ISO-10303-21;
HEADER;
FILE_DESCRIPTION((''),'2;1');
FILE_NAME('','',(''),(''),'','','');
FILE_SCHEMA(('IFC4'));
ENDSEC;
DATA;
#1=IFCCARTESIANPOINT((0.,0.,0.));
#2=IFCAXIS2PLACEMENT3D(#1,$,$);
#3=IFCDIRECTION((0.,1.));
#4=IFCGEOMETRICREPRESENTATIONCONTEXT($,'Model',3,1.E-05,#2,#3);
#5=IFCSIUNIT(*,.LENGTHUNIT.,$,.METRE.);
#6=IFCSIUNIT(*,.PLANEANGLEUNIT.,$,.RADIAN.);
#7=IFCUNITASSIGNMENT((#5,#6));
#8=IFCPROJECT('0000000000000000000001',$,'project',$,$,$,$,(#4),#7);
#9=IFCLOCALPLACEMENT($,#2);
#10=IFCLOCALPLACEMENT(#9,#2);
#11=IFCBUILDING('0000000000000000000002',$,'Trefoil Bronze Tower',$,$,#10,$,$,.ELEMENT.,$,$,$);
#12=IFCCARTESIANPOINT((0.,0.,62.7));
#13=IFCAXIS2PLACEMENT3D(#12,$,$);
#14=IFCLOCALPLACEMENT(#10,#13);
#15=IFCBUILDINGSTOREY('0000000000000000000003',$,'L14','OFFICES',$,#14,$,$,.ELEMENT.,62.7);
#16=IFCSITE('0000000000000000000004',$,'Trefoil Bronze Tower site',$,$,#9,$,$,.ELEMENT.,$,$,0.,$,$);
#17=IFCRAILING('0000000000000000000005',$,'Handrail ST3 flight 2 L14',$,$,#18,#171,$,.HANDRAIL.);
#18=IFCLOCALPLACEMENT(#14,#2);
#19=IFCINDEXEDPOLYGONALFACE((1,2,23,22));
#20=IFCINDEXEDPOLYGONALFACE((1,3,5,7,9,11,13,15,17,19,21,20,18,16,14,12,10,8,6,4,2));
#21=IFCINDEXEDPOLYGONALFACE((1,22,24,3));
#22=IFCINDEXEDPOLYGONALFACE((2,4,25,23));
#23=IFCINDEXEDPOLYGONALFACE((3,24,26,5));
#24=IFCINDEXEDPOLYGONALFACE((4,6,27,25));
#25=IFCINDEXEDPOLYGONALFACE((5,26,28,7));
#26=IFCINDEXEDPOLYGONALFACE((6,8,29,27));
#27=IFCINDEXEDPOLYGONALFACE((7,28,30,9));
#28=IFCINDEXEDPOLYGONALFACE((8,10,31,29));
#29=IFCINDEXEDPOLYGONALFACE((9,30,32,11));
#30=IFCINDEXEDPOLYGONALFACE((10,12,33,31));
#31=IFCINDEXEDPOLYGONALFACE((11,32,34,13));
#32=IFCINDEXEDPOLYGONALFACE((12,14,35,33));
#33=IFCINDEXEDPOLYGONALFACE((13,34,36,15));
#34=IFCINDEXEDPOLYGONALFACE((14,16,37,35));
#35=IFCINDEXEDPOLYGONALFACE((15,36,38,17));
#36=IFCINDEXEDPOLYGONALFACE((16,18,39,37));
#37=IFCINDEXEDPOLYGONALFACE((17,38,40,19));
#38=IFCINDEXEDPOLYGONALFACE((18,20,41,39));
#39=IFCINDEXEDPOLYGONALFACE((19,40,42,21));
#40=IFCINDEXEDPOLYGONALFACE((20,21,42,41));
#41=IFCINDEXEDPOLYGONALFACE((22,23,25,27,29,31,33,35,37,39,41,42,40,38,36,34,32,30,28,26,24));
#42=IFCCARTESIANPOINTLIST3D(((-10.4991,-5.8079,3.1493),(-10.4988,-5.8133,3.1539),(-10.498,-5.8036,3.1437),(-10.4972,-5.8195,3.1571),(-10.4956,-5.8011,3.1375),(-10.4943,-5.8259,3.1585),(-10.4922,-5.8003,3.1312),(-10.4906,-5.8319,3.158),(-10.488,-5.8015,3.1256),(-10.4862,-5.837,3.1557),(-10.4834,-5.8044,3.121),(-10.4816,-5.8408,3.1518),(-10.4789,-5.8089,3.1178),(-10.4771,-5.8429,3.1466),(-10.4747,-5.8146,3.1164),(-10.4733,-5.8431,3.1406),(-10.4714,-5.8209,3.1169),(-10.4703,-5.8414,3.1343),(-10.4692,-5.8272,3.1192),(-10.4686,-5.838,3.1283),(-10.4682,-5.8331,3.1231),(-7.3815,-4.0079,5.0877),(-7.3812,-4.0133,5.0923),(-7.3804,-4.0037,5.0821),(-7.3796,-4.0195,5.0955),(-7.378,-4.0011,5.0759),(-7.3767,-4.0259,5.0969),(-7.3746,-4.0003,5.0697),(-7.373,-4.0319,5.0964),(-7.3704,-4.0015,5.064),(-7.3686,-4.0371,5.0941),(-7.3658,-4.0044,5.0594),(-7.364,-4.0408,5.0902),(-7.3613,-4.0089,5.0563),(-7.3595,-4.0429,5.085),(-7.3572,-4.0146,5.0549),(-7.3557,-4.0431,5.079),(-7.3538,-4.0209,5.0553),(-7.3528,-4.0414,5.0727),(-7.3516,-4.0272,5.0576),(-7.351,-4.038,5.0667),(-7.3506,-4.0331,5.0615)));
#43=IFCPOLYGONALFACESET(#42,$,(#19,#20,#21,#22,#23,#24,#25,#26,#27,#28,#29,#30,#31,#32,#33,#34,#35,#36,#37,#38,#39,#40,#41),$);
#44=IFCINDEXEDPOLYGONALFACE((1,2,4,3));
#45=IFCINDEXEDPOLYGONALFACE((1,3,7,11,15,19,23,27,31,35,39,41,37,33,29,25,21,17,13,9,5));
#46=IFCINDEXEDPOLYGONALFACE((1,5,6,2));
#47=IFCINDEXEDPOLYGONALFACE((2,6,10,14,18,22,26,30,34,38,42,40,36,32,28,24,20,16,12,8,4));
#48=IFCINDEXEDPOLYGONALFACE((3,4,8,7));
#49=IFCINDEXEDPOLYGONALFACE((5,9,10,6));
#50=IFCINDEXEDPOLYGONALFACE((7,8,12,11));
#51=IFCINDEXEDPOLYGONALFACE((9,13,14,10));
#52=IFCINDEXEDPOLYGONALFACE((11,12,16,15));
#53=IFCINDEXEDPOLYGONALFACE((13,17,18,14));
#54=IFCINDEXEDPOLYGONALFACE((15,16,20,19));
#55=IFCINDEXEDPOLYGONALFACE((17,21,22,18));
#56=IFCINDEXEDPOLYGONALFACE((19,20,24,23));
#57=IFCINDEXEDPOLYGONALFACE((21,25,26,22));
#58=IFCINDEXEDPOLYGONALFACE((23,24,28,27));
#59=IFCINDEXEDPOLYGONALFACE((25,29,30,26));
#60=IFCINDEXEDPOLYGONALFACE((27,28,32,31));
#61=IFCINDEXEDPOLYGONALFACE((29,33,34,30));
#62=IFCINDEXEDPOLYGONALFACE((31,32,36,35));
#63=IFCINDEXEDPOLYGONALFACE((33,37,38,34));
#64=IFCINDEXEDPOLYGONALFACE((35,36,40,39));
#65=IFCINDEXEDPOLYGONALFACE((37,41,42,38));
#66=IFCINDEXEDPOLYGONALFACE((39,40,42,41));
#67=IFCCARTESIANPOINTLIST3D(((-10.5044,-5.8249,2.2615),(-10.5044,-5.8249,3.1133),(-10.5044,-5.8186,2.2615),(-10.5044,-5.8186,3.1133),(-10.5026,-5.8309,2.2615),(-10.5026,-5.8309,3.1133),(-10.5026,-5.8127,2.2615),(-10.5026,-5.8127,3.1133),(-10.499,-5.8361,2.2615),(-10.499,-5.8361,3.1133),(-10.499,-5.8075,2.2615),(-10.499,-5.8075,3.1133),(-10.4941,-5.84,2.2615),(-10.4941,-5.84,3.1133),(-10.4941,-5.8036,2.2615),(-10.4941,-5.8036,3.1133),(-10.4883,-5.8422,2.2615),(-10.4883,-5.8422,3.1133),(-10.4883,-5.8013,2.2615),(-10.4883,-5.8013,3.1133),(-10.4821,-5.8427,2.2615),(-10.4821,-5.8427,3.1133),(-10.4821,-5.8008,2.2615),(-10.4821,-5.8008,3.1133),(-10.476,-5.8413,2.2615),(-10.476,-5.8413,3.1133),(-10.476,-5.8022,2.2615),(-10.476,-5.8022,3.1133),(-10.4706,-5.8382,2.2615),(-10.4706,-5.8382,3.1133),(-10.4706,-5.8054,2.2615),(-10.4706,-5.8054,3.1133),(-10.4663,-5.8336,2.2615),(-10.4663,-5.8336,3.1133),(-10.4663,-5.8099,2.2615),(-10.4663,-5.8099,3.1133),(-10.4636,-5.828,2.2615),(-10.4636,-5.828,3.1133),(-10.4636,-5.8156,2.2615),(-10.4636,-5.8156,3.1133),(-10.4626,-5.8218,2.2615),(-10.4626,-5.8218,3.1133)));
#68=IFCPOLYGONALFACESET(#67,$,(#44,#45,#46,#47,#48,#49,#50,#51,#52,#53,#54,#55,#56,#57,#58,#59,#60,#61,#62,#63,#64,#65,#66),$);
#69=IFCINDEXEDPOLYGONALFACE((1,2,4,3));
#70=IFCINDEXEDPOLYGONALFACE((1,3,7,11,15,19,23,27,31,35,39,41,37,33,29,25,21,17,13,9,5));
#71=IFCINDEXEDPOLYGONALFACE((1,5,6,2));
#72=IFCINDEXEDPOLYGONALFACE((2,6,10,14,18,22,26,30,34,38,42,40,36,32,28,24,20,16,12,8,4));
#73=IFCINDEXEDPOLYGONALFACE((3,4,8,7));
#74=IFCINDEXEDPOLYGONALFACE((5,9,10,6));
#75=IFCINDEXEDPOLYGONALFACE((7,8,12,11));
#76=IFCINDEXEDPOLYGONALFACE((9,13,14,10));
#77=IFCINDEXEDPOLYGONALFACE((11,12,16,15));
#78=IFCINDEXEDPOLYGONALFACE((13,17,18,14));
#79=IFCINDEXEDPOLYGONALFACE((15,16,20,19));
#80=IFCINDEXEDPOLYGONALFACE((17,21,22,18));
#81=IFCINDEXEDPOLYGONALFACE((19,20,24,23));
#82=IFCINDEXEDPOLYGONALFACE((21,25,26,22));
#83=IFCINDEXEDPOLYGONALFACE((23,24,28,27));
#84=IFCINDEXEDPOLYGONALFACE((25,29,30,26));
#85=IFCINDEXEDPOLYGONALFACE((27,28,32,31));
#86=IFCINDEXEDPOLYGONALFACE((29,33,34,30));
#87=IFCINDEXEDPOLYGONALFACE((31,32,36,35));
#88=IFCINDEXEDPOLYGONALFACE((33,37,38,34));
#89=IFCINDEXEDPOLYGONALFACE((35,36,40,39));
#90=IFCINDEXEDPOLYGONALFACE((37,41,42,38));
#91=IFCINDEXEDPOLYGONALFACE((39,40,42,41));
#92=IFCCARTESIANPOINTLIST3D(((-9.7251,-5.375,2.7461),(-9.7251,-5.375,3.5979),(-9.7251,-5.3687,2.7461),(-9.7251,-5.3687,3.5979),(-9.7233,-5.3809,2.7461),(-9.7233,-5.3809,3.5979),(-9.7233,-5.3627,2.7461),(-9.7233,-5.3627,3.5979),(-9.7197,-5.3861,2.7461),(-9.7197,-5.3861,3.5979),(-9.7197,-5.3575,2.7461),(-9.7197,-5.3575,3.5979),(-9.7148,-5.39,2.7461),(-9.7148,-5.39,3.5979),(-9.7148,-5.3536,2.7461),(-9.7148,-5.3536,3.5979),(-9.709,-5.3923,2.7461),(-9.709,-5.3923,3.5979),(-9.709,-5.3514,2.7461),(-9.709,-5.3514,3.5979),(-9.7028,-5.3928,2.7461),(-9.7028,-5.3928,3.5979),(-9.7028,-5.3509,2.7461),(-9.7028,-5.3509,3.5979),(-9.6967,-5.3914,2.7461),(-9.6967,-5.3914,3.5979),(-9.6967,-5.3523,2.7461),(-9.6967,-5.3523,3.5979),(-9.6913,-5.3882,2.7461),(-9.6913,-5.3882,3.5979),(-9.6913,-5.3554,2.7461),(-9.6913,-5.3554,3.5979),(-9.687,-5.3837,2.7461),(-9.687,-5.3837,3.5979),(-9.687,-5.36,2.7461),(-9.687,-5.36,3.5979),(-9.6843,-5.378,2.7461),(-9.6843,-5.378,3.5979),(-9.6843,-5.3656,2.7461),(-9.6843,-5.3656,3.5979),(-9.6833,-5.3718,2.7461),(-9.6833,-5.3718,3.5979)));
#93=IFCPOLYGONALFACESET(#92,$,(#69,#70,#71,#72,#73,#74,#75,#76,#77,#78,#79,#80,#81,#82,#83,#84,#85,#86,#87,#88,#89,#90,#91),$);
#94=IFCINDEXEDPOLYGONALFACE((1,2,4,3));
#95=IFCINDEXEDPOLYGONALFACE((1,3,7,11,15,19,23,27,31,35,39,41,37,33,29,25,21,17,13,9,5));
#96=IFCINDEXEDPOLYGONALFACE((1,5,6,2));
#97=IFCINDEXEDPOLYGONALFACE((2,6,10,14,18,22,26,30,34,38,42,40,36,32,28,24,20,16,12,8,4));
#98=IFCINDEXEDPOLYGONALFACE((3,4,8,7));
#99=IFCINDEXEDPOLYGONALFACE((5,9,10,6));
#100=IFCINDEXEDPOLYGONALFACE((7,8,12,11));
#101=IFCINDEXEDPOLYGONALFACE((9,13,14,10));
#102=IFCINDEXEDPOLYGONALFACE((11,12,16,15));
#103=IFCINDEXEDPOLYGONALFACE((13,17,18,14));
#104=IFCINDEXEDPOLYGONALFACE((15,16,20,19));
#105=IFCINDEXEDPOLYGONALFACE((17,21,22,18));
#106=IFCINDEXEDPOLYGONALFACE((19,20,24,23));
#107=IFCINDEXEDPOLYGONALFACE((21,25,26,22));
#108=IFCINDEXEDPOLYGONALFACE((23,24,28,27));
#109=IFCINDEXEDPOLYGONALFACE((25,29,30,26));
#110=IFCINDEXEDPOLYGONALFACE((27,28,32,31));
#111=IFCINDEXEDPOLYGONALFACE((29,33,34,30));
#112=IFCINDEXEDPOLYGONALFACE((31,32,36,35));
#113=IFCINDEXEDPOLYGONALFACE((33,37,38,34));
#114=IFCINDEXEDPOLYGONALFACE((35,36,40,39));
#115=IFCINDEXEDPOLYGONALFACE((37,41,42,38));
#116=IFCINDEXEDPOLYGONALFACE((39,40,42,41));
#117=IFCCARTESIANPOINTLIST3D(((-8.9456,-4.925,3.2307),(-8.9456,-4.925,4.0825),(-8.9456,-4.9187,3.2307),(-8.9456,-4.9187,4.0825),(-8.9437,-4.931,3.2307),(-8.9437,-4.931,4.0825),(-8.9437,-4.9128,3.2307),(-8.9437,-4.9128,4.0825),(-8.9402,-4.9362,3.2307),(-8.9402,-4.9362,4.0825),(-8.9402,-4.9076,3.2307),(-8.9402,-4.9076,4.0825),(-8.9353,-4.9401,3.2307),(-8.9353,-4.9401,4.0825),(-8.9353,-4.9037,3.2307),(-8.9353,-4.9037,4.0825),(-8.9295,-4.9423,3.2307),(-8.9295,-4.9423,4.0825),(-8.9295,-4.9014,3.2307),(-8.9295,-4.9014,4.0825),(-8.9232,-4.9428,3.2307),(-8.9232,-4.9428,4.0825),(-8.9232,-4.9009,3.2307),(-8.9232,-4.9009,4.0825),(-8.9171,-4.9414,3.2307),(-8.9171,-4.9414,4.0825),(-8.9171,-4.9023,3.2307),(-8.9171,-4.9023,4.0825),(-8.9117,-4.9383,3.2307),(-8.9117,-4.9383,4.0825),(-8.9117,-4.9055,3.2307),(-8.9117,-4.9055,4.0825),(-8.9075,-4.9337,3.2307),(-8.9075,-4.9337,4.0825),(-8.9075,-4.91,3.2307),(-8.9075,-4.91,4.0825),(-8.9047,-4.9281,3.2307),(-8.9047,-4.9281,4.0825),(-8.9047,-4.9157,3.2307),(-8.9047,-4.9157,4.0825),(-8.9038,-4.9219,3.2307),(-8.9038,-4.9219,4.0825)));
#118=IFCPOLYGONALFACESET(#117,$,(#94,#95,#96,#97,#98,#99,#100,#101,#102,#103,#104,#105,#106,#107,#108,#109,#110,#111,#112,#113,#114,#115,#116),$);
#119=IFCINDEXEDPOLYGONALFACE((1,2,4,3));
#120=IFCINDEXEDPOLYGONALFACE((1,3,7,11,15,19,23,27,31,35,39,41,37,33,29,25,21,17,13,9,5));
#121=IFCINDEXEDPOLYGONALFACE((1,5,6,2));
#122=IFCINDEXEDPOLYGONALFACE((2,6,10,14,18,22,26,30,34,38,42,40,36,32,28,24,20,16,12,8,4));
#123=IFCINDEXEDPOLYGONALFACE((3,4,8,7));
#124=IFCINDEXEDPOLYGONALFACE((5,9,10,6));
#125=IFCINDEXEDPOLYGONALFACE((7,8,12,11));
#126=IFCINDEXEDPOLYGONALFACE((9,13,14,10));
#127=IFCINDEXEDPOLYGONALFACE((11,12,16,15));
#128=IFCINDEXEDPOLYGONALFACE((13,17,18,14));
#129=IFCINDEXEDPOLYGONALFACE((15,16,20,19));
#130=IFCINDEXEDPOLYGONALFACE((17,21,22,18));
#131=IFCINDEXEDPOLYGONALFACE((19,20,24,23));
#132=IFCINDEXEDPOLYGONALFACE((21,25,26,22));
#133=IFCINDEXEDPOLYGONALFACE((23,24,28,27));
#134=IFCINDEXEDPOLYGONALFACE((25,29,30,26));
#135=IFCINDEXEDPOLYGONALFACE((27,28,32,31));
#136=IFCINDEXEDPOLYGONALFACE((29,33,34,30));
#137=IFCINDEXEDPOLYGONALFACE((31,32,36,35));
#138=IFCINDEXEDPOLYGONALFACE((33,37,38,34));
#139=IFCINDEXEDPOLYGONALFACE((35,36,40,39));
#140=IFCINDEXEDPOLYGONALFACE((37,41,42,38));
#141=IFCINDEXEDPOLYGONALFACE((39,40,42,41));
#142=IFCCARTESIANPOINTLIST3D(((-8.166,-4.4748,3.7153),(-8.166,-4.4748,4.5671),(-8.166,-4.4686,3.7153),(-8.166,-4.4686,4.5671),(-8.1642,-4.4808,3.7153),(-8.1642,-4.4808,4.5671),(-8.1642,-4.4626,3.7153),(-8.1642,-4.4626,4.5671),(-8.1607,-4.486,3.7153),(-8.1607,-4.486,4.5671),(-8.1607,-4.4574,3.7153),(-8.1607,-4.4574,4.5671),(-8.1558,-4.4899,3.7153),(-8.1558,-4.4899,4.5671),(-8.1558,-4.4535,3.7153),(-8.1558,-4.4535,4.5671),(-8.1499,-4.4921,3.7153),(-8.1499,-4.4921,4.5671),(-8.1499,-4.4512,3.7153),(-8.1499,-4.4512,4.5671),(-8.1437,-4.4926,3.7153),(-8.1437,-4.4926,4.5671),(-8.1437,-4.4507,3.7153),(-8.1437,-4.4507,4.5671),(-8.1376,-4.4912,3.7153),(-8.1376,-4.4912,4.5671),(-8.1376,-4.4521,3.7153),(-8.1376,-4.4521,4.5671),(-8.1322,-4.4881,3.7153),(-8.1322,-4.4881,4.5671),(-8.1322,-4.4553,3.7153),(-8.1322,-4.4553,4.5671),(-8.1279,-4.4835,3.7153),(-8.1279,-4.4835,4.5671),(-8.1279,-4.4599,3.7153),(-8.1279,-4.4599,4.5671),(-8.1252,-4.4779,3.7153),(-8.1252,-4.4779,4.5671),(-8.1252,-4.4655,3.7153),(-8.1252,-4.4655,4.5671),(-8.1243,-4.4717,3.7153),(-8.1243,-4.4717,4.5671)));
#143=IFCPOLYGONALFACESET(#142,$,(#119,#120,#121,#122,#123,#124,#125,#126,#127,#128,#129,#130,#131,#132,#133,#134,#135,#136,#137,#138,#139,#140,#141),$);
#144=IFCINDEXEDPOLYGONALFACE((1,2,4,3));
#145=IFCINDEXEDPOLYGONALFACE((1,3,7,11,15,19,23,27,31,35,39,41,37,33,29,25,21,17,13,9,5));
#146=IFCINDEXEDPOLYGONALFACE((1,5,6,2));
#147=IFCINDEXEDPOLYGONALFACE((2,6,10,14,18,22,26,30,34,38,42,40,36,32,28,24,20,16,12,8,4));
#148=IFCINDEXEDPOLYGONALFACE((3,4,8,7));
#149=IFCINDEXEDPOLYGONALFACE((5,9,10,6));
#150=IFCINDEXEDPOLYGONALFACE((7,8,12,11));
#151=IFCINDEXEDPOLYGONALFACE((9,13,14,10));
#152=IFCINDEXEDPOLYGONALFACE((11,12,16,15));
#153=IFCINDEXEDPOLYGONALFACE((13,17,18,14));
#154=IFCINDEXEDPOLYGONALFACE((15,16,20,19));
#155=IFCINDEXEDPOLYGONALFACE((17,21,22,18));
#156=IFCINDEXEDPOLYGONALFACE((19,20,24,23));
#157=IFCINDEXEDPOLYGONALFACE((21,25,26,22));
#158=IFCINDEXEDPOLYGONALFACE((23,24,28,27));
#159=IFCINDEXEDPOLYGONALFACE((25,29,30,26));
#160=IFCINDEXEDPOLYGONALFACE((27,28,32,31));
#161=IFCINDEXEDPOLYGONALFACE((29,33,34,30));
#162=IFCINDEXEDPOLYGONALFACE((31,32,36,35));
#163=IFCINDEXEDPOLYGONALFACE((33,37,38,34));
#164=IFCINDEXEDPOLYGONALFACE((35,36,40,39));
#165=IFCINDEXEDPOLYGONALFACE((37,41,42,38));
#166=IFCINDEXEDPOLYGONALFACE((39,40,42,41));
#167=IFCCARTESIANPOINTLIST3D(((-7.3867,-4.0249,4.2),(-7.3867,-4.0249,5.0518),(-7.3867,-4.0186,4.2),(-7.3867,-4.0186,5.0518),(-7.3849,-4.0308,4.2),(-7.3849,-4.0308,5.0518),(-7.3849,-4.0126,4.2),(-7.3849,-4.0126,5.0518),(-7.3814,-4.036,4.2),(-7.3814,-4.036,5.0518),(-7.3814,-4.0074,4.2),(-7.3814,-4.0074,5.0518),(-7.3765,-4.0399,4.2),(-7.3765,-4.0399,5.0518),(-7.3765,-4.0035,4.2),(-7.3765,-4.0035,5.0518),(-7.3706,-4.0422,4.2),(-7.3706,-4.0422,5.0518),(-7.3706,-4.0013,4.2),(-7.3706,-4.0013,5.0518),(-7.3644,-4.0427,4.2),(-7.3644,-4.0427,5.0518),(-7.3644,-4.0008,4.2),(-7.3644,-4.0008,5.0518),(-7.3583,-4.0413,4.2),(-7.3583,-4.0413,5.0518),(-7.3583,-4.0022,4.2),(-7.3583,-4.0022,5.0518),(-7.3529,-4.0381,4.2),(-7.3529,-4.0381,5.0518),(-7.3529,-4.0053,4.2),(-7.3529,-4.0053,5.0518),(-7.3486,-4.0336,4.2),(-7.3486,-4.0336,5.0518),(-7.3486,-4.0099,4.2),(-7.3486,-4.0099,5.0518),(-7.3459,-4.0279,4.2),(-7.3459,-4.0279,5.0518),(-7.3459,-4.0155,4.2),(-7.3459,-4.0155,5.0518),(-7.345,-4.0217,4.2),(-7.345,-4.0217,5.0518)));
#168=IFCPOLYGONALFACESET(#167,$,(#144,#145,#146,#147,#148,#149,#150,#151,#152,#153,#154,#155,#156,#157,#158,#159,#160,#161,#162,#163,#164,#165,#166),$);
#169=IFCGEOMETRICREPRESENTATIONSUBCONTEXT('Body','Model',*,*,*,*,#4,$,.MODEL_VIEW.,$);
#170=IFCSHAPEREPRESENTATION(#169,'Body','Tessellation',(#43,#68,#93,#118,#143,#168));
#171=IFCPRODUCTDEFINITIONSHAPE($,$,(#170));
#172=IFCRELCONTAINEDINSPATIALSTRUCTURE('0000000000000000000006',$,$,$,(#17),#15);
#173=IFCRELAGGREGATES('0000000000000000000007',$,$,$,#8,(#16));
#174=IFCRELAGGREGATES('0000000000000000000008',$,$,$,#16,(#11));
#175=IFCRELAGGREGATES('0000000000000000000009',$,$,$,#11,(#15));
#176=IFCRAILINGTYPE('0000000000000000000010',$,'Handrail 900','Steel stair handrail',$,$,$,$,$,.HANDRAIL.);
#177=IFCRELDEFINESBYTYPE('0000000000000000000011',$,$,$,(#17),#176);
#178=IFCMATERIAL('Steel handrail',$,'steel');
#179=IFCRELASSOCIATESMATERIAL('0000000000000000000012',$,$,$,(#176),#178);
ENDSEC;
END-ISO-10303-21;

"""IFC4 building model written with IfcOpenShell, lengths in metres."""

from ifc_helpers import new_model, si_unit, direction, frame, origin, origin_2d, place, context, subcontext, project, spatial, circle, extrude, material, type_object, element, save


model = new_model("IFC4")

# Units and contexts
model_context = context("Model", 3, precision=1e-05, world=origin(), true_north=direction((0.0, 1.0)))
body_context = subcontext(model_context, "Body", "Model", "MODEL_VIEW")
ifc_project = project(units=[si_unit("LENGTHUNIT", "METRE"), si_unit("PLANEANGLEUNIT", "RADIAN")], contexts=[model_context])

# Site, building, storey
site_placement = place(None, origin())
site = spatial("IfcSite", under=ifc_project, at=site_placement, Name="Trefoil Bronze Tower site", CompositionType="ELEMENT", RefElevation=0.0)
building_placement = place(site_placement, origin())
building = spatial("IfcBuilding", under=site, at=building_placement, Name="Trefoil Bronze Tower", CompositionType="ELEMENT")
storey_placement = place(building_placement, frame((0.0, 0.0, 62.7)))
storey = spatial("IfcBuildingStorey", under=building, at=storey_placement, Name="L14", Description="OFFICES", CompositionType="ELEMENT", Elevation=62.7)

# Railing
ifc_material_1 = material(Name="Steel handrail", Category="steel")
railing_type = type_object("IfcRailingType", Name="Handrail 900", Description="Steel stair handrail", PredefinedType="HANDRAIL", material=ifc_material_1)
railing_1_placement = place(storey_placement, frame((-10.4836, -5.8218, 2.2615)))
element("IfcRailing", 1, at=railing_1_placement, inside=storey, type_object=railing_type, Name="Handrail ST3 flight 2 L14", PredefinedType="HANDRAIL", context=body_context, shape_type="SweptSolid", body=[
    extrude(circle(Radius=0.0239, at=origin_2d()), frame((0.0, 0.0, 0.876), z_axis=(0.762503, 0.440246, 0.474102), x_axis=(-0.500012, 0.866018, 0.0)), (0.0, 0.0, 1.0), 4.0886),
    extrude(circle(Radius=0.021, at=origin_2d()), origin(), (0.0, 0.0, 1.0), 0.8518),
    extrude(circle(Radius=0.021, at=origin_2d()), frame((0.7793, 0.45, 0.4846)), (0.0, 0.0, 1.0), 0.8518),
    extrude(circle(Radius=0.021, at=origin_2d()), frame((1.5588, 0.8999, 0.9692)), (0.0, 0.0, 1.0), 0.8518),
    extrude(circle(Radius=0.021, at=origin_2d()), frame((2.3384, 1.3501, 1.4539)), (0.0, 0.0, 1.0), 0.8518),
    extrude(circle(Radius=0.021, at=origin_2d()), frame((3.1177, 1.8, 1.9385)), (0.0, 0.0, 1.0), 0.8518),
])

save(model, "model.ifc")
